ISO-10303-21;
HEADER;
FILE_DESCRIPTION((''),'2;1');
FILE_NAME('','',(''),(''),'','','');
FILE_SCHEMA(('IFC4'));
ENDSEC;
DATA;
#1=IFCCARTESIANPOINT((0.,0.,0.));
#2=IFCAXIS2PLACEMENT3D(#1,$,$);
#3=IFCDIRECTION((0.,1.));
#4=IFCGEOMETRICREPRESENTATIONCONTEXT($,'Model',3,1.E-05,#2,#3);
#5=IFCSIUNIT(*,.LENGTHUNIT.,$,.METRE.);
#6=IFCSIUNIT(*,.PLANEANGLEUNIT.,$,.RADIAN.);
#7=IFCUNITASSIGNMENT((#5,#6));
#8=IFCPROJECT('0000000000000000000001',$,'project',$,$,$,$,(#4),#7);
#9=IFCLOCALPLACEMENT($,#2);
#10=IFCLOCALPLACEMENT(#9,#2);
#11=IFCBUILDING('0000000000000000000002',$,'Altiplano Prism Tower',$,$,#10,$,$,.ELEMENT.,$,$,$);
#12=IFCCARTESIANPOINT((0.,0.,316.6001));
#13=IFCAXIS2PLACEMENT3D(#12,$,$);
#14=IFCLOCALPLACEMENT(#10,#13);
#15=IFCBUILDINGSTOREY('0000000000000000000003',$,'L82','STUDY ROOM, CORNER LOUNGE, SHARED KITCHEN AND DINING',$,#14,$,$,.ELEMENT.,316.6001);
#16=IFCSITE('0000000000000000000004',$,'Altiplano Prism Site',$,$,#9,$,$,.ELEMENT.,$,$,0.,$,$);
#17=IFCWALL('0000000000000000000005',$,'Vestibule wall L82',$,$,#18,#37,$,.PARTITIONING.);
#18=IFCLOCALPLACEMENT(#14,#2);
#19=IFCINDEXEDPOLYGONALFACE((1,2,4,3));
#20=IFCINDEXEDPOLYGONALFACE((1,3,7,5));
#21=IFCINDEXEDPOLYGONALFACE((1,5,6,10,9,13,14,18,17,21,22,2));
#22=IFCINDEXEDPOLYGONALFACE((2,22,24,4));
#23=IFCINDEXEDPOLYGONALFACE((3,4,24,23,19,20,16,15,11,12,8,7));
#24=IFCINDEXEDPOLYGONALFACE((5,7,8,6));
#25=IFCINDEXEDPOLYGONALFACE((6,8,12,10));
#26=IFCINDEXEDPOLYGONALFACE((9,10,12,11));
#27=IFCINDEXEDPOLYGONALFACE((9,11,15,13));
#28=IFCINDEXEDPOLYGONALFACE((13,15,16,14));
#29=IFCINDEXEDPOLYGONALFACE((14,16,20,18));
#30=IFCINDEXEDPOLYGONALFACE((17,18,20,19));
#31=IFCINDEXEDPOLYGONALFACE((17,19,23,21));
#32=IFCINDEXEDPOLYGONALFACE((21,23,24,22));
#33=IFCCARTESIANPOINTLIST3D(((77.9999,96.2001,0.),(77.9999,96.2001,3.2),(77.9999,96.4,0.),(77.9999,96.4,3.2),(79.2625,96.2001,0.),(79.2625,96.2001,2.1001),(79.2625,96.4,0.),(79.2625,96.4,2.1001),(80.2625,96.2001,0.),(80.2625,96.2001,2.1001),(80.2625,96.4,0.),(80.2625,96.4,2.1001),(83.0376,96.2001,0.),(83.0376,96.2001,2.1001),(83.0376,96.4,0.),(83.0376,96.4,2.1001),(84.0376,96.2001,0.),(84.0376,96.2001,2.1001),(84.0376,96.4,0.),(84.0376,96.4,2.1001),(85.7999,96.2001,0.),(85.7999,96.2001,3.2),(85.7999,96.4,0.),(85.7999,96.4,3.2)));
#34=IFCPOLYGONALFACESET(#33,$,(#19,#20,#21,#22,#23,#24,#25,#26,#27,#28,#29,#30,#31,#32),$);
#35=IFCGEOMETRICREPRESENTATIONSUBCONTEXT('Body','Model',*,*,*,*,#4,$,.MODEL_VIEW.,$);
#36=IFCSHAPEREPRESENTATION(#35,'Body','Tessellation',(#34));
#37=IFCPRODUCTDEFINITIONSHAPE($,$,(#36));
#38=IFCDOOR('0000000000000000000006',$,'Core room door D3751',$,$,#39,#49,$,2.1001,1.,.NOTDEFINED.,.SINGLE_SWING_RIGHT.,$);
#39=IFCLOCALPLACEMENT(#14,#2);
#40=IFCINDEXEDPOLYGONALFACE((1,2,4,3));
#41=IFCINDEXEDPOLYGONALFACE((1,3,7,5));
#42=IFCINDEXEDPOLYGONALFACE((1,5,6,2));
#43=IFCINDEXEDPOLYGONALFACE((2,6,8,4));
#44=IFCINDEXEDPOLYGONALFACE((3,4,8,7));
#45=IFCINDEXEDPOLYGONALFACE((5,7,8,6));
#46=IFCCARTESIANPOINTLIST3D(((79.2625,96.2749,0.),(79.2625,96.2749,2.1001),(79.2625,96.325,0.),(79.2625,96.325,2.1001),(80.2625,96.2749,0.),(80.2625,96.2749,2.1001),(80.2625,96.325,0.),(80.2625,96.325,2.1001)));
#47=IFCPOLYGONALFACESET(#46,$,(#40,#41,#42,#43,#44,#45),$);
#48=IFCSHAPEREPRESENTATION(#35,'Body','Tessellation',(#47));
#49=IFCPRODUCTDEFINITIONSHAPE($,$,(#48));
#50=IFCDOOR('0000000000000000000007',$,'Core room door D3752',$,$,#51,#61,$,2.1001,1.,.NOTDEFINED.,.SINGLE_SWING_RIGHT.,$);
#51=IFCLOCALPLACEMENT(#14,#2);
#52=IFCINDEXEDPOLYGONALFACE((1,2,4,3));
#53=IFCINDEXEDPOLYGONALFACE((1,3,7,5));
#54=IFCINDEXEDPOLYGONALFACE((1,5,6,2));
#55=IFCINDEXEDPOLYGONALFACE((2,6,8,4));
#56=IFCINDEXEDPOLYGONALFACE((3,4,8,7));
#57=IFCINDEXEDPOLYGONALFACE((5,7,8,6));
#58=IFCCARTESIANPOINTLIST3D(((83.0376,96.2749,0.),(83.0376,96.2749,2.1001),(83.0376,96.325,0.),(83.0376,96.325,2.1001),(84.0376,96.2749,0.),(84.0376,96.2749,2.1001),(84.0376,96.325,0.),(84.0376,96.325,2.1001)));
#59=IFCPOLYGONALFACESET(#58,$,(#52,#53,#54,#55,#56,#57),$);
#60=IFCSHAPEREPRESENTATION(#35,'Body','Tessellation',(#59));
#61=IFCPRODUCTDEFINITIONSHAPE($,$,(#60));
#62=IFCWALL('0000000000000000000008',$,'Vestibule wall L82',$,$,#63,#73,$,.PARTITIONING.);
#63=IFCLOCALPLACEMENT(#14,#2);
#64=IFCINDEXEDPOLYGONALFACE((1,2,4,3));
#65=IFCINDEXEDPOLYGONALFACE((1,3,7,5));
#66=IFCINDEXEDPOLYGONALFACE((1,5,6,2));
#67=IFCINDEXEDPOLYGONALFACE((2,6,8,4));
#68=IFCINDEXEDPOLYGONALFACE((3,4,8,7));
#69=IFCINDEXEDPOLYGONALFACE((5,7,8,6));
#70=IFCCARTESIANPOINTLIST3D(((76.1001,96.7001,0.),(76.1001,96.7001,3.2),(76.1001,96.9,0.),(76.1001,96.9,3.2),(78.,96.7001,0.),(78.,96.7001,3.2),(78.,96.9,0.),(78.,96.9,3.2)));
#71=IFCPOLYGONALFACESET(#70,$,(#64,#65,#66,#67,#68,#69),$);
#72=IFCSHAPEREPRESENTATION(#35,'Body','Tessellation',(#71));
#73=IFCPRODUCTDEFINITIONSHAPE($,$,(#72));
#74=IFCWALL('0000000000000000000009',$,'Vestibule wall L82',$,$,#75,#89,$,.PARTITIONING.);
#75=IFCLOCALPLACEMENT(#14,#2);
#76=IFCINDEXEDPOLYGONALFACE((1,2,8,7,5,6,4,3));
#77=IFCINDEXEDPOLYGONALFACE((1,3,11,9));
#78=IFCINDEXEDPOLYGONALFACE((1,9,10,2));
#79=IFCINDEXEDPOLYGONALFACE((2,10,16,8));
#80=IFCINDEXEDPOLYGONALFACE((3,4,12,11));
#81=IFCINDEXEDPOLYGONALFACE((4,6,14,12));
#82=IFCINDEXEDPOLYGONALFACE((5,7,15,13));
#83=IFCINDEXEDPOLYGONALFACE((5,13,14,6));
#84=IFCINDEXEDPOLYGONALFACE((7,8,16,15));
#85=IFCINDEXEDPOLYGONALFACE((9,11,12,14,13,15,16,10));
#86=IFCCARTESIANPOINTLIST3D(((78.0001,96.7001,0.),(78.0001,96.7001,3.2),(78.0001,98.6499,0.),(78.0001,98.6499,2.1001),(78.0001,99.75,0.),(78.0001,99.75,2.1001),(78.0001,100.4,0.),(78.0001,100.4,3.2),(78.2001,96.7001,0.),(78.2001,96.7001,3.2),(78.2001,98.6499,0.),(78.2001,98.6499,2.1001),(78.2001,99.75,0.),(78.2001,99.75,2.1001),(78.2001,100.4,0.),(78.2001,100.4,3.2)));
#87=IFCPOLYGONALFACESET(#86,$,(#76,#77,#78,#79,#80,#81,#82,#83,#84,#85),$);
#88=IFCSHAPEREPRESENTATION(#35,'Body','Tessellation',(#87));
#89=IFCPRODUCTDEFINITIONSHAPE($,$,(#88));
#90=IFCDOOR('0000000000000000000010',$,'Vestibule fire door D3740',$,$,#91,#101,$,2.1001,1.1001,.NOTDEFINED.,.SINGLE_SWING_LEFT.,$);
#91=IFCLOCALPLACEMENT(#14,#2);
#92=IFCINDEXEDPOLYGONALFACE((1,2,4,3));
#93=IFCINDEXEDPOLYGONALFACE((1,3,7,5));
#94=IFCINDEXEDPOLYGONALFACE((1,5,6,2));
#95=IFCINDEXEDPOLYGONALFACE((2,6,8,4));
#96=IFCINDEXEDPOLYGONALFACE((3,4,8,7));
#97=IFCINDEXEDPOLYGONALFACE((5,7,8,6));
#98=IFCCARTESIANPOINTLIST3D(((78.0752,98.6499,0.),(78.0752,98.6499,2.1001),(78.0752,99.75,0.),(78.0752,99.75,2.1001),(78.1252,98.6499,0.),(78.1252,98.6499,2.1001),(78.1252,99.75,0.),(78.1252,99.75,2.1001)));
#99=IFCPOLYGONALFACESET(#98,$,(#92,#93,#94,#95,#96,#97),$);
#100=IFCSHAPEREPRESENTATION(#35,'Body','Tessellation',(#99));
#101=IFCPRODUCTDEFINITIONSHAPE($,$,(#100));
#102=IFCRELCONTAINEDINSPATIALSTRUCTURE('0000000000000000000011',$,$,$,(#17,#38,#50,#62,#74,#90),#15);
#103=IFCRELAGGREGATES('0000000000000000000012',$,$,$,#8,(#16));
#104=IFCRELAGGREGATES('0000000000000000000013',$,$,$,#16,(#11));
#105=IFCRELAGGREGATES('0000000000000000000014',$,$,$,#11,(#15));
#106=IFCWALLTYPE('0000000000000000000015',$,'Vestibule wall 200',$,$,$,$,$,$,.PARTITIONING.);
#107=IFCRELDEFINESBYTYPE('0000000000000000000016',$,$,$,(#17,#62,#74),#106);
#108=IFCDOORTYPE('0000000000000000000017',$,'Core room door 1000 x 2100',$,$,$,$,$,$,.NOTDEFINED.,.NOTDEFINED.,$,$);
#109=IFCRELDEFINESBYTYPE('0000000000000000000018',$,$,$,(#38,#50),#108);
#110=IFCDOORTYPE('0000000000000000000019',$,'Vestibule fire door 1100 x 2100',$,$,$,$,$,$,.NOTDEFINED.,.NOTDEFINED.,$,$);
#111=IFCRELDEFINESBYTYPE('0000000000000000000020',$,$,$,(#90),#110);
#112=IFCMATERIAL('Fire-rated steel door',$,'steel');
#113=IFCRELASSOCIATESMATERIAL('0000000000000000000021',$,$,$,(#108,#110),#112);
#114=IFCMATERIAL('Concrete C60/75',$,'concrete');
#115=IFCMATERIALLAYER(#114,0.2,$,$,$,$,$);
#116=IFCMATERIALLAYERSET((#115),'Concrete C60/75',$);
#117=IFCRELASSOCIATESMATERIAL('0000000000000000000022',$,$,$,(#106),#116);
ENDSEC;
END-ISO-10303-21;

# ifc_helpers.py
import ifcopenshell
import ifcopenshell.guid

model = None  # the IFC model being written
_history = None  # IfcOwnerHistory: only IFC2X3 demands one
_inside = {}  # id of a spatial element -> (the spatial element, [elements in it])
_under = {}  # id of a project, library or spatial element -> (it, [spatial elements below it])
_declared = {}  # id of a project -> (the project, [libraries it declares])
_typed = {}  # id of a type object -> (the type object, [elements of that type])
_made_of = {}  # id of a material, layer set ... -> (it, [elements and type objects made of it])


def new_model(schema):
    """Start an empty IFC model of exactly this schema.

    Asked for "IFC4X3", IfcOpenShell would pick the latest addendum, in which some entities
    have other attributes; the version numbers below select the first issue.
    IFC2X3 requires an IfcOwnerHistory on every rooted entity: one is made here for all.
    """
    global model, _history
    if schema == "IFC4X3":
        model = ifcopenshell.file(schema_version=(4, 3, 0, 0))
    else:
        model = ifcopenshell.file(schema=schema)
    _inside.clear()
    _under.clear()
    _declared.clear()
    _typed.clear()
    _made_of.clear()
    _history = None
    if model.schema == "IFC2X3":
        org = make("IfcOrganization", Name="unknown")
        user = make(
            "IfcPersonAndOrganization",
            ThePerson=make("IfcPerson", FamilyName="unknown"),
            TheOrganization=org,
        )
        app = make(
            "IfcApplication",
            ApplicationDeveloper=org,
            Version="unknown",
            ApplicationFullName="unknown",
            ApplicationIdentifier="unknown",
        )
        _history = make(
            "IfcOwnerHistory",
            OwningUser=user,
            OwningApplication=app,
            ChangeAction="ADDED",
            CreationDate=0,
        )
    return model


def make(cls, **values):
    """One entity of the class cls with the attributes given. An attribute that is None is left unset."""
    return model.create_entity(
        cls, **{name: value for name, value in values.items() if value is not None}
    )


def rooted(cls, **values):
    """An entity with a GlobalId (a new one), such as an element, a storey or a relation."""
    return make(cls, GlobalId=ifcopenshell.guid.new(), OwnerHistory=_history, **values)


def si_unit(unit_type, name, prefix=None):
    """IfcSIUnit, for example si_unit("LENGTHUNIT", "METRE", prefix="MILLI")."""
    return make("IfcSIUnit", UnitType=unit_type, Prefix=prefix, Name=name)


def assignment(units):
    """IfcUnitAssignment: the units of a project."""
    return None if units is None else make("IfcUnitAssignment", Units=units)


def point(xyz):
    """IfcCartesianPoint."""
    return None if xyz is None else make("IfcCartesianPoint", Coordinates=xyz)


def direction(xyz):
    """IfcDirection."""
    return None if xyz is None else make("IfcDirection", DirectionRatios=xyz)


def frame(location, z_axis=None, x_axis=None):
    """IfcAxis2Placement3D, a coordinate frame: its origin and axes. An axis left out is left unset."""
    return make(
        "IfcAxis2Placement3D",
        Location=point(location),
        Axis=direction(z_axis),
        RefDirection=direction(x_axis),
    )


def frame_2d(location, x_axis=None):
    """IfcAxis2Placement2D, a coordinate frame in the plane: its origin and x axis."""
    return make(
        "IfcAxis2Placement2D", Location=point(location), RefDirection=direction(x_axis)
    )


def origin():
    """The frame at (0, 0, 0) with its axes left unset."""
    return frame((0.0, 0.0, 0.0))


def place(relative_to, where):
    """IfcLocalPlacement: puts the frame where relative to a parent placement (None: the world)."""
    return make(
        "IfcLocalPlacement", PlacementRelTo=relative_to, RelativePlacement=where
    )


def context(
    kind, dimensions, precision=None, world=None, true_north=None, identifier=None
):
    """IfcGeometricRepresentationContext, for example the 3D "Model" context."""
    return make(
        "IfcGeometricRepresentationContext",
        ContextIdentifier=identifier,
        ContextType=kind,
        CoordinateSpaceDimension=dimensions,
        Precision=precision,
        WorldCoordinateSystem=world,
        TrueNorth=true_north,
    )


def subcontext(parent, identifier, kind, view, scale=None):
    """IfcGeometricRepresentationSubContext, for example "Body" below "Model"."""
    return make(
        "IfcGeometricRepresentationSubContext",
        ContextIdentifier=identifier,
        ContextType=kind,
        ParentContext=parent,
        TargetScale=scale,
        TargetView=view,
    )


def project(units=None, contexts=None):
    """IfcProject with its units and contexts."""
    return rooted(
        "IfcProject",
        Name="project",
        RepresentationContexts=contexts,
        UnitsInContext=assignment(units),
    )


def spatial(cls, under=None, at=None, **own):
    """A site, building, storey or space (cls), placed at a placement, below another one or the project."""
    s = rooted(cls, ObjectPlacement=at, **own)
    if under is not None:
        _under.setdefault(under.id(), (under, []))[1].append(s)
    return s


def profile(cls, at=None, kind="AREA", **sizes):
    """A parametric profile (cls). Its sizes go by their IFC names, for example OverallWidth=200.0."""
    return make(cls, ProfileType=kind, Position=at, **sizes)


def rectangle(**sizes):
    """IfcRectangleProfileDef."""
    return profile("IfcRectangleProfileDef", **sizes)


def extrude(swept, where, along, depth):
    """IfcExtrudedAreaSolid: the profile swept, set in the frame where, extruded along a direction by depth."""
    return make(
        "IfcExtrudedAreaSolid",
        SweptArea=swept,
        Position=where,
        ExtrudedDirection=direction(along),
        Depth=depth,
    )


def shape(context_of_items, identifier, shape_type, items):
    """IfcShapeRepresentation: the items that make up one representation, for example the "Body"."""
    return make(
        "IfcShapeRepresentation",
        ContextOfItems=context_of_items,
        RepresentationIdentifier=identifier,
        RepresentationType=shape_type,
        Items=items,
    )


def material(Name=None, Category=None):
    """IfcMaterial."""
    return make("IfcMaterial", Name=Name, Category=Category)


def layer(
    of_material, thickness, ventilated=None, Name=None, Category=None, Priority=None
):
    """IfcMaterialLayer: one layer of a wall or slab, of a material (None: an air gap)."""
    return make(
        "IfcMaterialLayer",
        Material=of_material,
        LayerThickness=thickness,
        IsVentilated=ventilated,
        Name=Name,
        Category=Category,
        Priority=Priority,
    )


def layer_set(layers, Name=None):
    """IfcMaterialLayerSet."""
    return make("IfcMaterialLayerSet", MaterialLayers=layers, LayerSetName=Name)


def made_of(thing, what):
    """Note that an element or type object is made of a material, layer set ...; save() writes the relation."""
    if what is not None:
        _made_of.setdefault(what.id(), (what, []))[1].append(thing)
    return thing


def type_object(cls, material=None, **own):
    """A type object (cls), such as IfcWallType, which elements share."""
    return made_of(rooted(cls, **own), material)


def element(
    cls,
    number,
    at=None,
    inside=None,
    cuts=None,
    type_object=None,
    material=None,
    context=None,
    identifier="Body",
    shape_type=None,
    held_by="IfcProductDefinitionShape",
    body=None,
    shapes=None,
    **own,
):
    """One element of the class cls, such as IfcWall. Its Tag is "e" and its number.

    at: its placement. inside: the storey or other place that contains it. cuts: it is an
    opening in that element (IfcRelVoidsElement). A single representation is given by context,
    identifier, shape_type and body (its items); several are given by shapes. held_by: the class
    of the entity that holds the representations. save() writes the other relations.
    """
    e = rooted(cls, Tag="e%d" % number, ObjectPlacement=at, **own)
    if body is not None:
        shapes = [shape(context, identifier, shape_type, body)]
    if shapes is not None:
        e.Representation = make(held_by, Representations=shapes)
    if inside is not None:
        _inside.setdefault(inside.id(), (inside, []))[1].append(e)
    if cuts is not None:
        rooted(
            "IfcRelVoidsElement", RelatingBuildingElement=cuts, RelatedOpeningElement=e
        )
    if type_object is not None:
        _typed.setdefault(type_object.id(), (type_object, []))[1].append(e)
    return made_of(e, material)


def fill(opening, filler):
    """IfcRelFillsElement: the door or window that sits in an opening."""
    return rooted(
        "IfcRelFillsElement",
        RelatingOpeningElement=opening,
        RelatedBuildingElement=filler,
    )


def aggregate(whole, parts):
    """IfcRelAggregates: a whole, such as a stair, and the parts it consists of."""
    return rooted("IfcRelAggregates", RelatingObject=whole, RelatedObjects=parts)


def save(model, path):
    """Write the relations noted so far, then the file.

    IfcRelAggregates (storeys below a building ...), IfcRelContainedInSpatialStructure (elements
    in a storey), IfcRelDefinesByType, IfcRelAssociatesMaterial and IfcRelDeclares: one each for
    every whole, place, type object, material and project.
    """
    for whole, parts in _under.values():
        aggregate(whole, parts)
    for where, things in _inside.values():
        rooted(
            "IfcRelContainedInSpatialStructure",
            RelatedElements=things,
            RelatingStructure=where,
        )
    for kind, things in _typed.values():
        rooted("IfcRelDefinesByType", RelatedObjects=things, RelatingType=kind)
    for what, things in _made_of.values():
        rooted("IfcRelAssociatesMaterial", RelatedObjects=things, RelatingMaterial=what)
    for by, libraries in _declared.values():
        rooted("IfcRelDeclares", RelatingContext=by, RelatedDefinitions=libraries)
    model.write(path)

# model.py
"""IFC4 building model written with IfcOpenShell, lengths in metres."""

from ifc_helpers import new_model, si_unit, direction, frame, frame_2d, origin, place, context, subcontext, project, spatial, rectangle, extrude, material, layer, layer_set, type_object, element, fill, save


model = new_model("IFC4")

# Units and contexts
model_context = context("Model", 3, precision=1e-05, world=origin(), true_north=direction((0.0, 1.0)))
body_context = subcontext(model_context, "Body", "Model", "MODEL_VIEW")
ifc_project = project(units=[si_unit("LENGTHUNIT", "METRE"), si_unit("PLANEANGLEUNIT", "RADIAN")], contexts=[model_context])

# Site, building, storey
site_placement = place(None, origin())
site = spatial("IfcSite", under=ifc_project, at=site_placement, Name="Altiplano Prism Site", CompositionType="ELEMENT", RefElevation=0.0)
building_placement = place(site_placement, origin())
building = spatial("IfcBuilding", under=site, at=building_placement, Name="Altiplano Prism Tower", CompositionType="ELEMENT")
storey_placement = place(building_placement, frame((0.0, 0.0, 316.6001)))
storey = spatial("IfcBuildingStorey", under=building, at=storey_placement, Name="L82", Description="STUDY ROOM, CORNER LOUNGE, SHARED KITCHEN AND DINING", CompositionType="ELEMENT", Elevation=316.6001)

# Shared definitions
ifc_material_1 = material(Name="Concrete C60/75", Category="concrete")

# Shared definitions
ifc_material_2 = material(Name="Fire-rated steel door", Category="steel")
door_type_1 = type_object("IfcDoorType", Name="Core room door 1000 x 2100", OperationType="NOTDEFINED", PredefinedType="NOTDEFINED", material=ifc_material_2)

# Shared definitions
ifc_layer_1 = layer(ifc_material_1, 0.2)
ifc_layer_set_1 = layer_set([ifc_layer_1], Name="Concrete C60/75")
wall_type_1 = type_object("IfcWallType", Name="Vestibule wall 200", PredefinedType="PARTITIONING", material=ifc_layer_set_1)

# Wall, openings, doors
wall_1_placement = place(storey_placement, frame((78.0, 96.3, 0.0), z_axis=(0.0, 0.0, 1.0), x_axis=(1.0, 0.0, 0.0)))
wall_1 = element("IfcWall", 1, at=wall_1_placement, inside=storey, type_object=wall_type_1, Name="Vestibule wall L82", PredefinedType="PARTITIONING", context=body_context, shape_type="SweptSolid", body=[
    extrude(rectangle(XDim=7.8, YDim=0.2, at=frame_2d((3.8999, 0.0))), origin(), (0.0, 0.0, 1.0), 3.2),
])
opening_1_placement = place(wall_1_placement, frame((1.2625, 0.0, 0.0)))
opening_1 = element("IfcOpeningElement", 2, at=opening_1_placement, cuts=wall_1, PredefinedType="OPENING", context=body_context, shape_type="SweptSolid", body=[
    extrude(rectangle(XDim=1.0, YDim=2.1001, at=frame_2d((0.5, 1.05))), frame((0.0, 0.1104, 0.0), z_axis=(0.0, -1.0, 0.0), x_axis=(1.0, 0.0, 0.0)), (0.0, 0.0, 1.0), 0.2209),
])
opening_2_placement = place(wall_1_placement, frame((5.0376, 0.0, 0.0)))
opening_2 = element("IfcOpeningElement", 3, at=opening_2_placement, cuts=wall_1, PredefinedType="OPENING", context=body_context, shape_type="SweptSolid", body=[
    extrude(rectangle(XDim=1.0, YDim=2.1001, at=frame_2d((0.5, 1.05))), frame((0.0, 0.1104, 0.0), z_axis=(0.0, -1.0, 0.0), x_axis=(1.0, 0.0, 0.0)), (0.0, 0.0, 1.0), 0.2209),
])
door_1_placement = place(opening_1_placement, origin())
door_1 = element("IfcDoor", 4, at=door_1_placement, inside=storey, type_object=door_type_1, Name="Core room door D3751", OperationType="SINGLE_SWING_RIGHT", OverallHeight=2.1001, OverallWidth=1.0, PredefinedType="NOTDEFINED", context=body_context, shape_type="SweptSolid", body=[
    extrude(rectangle(XDim=1.0, YDim=2.1001, at=frame_2d((0.5, 1.05))), frame((0.0, 0.0249, 0.0), z_axis=(0.0, -1.0, 0.0), x_axis=(1.0, 0.0, 0.0)), (0.0, 0.0, 1.0), 0.05),
])
fill(opening_1, door_1)
door_2_placement = place(opening_2_placement, origin())
door_2 = element("IfcDoor", 5, at=door_2_placement, inside=storey, type_object=door_type_1, Name="Core room door D3752", OperationType="SINGLE_SWING_RIGHT", OverallHeight=2.1001, OverallWidth=1.0, PredefinedType="NOTDEFINED", context=body_context, shape_type="SweptSolid", body=[
    extrude(rectangle(XDim=1.0, YDim=2.1001, at=frame_2d((0.5, 1.05))), frame((0.0, 0.0249, 0.0), z_axis=(0.0, -1.0, 0.0), x_axis=(1.0, 0.0, 0.0)), (0.0, 0.0, 1.0), 0.05),
])
fill(opening_2, door_2)

# Wall
wall_2_placement = place(storey_placement, frame((76.1001, 96.8, 0.0), z_axis=(0.0, 0.0, 1.0), x_axis=(1.0, 0.0, 0.0)))
element("IfcWall", 6, at=wall_2_placement, inside=storey, type_object=wall_type_1, Name="Vestibule wall L82", PredefinedType="PARTITIONING", context=body_context, shape_type="SweptSolid", body=[
    extrude(rectangle(XDim=1.8999, YDim=0.2, at=frame_2d((0.95, 0.0))), origin(), (0.0, 0.0, 1.0), 3.2),
])

# Wall, opening, door
wall_3_placement = place(storey_placement, frame((78.1001, 96.7, 0.0), z_axis=(0.0, 0.0, 1.0), x_axis=(0.0, 1.0, 0.0)))
wall_3 = element("IfcWall", 7, at=wall_3_placement, inside=storey, type_object=wall_type_1, Name="Vestibule wall L82", PredefinedType="PARTITIONING", context=body_context, shape_type="SweptSolid", body=[
    extrude(rectangle(XDim=3.7, YDim=0.2, at=frame_2d((1.8501, 0.0))), origin(), (0.0, 0.0, 1.0), 3.2),
])
opening_3_placement = place(wall_3_placement, frame((1.95, 0.0, 0.0)))
opening_3 = element("IfcOpeningElement", 8, at=opening_3_placement, cuts=wall_3, PredefinedType="OPENING", context=body_context, shape_type="SweptSolid", body=[
    extrude(rectangle(XDim=1.1001, YDim=2.1001, at=frame_2d((0.55, 1.05))), frame((0.0, 0.1104, 0.0), z_axis=(0.0, -1.0, 0.0), x_axis=(1.0, 0.0, 0.0)), (0.0, 0.0, 1.0), 0.2209),
])
door_type_2 = type_object("IfcDoorType", Name="Vestibule fire door 1100 x 2100", OperationType="NOTDEFINED", PredefinedType="NOTDEFINED", material=ifc_material_2)
door_3_placement = place(opening_3_placement, origin())
door_3 = element("IfcDoor", 9, at=door_3_placement, inside=storey, type_object=door_type_2, Name="Vestibule fire door D3740", OperationType="SINGLE_SWING_LEFT", OverallHeight=2.1001, OverallWidth=1.1001, PredefinedType="NOTDEFINED", context=body_context, shape_type="SweptSolid", body=[
    extrude(rectangle(XDim=1.1001, YDim=2.1001, at=frame_2d((0.55, 1.05))), frame((0.0, 0.0249, 0.0), z_axis=(0.0, -1.0, 0.0), x_axis=(1.0, 0.0, 0.0)), (0.0, 0.0, 1.0), 0.05),
])
fill(opening_3, door_3)

save(model, "model.ifc")
